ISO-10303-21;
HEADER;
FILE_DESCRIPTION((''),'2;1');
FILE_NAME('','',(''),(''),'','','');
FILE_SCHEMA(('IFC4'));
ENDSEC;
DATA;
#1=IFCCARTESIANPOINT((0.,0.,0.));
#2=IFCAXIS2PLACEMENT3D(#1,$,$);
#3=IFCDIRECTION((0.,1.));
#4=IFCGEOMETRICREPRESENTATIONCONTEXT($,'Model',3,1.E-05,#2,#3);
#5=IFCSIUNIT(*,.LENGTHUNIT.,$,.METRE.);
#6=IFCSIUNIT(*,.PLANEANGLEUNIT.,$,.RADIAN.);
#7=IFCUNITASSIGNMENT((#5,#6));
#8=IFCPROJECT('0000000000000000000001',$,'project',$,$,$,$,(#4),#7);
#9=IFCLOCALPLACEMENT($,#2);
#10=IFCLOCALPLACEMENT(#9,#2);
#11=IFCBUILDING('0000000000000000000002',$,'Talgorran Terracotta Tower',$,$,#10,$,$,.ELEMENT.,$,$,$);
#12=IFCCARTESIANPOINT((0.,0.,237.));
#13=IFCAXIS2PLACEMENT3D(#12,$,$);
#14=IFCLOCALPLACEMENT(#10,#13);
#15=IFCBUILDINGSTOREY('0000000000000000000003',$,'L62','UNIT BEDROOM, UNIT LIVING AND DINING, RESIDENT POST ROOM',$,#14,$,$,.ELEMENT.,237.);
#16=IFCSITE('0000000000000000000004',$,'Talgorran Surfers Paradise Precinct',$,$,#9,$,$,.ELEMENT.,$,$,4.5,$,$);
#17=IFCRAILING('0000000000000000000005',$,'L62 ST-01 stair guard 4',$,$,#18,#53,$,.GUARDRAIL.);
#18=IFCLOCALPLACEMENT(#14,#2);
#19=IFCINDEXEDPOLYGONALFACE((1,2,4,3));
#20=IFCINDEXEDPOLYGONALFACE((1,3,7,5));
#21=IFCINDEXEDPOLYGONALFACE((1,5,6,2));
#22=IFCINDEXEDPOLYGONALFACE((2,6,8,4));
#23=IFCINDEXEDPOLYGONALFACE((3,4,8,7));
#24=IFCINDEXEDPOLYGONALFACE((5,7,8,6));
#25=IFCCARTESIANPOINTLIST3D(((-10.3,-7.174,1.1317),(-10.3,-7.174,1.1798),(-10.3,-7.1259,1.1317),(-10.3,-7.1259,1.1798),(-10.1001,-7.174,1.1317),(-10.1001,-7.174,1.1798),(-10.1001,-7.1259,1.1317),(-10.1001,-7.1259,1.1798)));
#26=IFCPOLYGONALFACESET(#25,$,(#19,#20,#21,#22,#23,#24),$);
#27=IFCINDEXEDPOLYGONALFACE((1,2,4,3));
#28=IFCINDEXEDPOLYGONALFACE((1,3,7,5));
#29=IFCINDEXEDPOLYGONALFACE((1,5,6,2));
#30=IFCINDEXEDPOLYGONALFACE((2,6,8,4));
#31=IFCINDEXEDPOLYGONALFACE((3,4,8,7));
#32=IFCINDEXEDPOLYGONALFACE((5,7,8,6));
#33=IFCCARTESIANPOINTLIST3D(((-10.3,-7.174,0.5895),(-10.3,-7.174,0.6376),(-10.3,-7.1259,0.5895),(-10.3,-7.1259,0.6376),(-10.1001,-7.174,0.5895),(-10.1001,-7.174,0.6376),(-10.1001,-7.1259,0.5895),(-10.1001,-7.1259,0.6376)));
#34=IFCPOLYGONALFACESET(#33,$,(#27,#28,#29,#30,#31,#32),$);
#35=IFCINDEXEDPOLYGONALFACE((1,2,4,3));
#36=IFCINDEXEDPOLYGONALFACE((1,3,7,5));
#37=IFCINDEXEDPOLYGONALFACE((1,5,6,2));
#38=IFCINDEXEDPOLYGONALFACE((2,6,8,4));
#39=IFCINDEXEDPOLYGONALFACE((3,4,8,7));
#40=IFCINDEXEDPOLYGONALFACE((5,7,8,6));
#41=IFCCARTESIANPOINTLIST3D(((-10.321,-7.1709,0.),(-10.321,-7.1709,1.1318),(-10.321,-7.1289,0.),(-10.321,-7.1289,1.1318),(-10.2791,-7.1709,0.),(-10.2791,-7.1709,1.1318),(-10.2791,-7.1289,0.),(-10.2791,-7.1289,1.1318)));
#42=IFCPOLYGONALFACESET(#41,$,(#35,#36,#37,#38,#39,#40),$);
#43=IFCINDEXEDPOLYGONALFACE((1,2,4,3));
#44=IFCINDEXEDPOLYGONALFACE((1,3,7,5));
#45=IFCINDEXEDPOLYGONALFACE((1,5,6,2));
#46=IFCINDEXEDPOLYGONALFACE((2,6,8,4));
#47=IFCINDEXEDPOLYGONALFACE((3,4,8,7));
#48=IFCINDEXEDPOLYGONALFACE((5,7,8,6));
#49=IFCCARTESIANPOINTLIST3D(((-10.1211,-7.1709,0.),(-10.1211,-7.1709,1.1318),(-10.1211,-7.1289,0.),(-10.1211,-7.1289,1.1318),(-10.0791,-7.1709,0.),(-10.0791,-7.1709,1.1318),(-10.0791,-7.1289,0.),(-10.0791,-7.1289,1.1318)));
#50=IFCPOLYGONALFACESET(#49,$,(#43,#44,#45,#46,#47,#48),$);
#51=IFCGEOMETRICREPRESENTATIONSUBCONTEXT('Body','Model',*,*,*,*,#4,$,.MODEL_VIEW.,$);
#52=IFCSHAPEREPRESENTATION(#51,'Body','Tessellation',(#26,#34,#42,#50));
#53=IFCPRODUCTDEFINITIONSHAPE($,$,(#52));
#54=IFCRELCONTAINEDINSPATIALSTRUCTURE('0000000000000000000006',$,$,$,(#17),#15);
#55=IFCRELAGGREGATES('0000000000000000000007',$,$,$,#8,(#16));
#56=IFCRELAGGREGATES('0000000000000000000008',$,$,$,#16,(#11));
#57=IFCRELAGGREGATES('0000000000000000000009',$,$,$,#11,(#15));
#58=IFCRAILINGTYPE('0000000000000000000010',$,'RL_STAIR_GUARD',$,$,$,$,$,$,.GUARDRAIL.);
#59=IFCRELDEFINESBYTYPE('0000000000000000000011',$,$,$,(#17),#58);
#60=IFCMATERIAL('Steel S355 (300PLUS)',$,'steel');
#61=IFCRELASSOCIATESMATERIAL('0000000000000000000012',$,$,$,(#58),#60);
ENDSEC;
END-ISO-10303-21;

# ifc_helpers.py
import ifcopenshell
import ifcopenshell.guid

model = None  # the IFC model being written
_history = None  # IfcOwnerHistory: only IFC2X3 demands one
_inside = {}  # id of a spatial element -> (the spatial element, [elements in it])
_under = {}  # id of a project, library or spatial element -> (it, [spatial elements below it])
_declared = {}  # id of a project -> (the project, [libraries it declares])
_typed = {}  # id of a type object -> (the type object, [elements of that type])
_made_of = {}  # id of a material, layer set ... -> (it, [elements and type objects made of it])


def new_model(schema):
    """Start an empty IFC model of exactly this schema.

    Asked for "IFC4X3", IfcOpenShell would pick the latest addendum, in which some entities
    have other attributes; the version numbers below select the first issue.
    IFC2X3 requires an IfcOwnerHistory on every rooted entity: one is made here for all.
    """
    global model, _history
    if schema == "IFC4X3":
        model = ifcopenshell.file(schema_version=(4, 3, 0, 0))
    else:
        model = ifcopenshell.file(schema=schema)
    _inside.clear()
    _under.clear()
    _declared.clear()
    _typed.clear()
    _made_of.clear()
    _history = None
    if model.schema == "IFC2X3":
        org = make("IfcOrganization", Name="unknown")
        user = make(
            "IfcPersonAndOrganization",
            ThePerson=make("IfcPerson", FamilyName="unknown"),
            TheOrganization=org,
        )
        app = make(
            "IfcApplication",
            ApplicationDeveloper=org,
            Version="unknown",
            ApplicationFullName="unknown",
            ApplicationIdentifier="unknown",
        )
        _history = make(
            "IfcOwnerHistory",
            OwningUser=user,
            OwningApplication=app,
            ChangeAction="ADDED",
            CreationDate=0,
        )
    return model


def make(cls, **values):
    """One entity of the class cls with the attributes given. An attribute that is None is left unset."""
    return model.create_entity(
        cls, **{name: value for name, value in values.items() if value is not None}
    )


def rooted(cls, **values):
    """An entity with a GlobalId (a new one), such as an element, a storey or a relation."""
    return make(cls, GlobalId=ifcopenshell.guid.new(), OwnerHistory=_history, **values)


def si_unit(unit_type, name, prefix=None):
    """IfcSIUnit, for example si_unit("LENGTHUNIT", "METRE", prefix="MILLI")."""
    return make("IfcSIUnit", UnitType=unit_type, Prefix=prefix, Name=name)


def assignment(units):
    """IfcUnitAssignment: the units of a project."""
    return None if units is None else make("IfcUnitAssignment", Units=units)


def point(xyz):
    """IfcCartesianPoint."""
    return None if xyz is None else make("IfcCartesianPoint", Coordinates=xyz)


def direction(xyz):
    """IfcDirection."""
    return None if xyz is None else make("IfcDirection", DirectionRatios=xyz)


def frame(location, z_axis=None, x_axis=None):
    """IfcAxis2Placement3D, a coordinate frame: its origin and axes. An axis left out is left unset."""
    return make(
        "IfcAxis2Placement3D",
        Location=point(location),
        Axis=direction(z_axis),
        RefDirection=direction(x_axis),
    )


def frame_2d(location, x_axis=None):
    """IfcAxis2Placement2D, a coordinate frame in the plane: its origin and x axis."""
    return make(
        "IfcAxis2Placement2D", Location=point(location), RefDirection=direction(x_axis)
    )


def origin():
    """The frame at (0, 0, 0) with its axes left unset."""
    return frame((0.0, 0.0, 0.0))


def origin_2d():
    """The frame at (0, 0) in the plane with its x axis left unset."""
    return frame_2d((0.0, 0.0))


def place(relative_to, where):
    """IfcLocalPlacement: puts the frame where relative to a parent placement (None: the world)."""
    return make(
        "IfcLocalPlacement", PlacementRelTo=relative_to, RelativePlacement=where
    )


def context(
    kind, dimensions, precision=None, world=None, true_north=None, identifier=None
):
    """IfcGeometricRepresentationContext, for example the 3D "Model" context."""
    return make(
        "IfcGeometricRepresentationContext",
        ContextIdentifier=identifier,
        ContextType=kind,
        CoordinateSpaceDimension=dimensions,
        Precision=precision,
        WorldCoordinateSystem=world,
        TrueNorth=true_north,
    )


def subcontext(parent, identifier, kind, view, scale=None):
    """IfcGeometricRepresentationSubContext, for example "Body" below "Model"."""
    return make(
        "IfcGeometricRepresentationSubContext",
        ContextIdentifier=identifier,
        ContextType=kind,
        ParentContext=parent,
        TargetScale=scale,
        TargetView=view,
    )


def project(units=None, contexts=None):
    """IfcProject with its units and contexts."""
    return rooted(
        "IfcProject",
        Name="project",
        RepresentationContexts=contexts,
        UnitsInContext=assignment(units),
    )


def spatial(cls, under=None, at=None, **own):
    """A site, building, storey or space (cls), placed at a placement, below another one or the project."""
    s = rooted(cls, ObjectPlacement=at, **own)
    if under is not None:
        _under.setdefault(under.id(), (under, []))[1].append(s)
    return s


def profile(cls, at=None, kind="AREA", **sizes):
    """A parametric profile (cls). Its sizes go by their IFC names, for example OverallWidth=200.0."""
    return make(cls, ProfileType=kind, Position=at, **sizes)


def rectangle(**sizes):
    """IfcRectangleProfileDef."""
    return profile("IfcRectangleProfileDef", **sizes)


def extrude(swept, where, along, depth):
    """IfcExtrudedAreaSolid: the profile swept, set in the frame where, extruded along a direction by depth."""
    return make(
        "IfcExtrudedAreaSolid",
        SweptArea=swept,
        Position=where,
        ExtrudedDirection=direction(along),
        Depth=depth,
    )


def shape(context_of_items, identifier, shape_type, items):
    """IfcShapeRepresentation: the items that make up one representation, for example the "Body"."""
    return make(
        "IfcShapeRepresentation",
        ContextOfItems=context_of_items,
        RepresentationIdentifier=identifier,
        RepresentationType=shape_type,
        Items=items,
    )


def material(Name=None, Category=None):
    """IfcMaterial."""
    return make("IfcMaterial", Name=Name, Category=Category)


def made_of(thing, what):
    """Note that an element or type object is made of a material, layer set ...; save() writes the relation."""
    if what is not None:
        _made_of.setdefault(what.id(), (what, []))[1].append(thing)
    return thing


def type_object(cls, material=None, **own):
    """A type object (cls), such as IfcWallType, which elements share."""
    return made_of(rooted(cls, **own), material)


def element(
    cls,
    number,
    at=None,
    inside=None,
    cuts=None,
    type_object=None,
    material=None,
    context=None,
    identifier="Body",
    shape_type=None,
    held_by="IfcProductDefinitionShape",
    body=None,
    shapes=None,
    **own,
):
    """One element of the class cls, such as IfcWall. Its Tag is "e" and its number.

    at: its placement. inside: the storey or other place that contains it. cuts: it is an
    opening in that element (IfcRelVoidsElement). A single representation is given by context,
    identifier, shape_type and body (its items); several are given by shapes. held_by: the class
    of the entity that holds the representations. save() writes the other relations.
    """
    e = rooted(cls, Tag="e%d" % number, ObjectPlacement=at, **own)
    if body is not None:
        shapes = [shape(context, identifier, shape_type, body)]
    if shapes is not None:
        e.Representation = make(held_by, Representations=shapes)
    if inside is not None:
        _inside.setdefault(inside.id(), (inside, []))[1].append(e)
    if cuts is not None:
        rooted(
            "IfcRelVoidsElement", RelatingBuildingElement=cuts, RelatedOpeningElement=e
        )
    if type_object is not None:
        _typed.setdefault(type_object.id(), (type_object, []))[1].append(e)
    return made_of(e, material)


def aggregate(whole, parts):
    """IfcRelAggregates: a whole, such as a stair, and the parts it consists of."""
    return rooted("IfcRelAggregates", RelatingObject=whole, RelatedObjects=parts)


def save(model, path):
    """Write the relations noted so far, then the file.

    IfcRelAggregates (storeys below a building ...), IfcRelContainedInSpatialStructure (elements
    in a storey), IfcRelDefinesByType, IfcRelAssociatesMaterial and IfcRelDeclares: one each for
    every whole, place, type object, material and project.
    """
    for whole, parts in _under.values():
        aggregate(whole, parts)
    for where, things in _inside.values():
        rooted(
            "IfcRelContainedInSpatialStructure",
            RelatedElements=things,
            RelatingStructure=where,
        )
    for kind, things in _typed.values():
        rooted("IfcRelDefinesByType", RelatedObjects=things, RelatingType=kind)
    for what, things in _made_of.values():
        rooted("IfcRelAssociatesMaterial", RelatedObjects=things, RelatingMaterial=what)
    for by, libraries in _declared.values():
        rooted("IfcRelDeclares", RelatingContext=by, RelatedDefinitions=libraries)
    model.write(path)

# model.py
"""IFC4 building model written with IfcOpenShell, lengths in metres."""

from ifc_helpers import new_model, si_unit, direction, frame, origin, origin_2d, place, context, subcontext, project, spatial, rectangle, extrude, material, type_object, element, save


model = new_model("IFC4")

# Units and contexts
model_context = context("Model", 3, precision=1e-05, world=origin(), true_north=direction((0.0, 1.0)))
body_context = subcontext(model_context, "Body", "Model", "MODEL_VIEW")
ifc_project = project(units=[si_unit("LENGTHUNIT", "METRE"), si_unit("PLANEANGLEUNIT", "RADIAN")], contexts=[model_context])

# Site, building, storey
site_placement = place(None, origin())
site = spatial("IfcSite", under=ifc_project, at=site_placement, Name="Talgorran Surfers Paradise Precinct", CompositionType="ELEMENT", RefElevation=4.5)
building_placement = place(site_placement, origin())
building = spatial("IfcBuilding", under=site, at=building_placement, Name="Talgorran Terracotta Tower", CompositionType="ELEMENT")
storey_placement = place(building_placement, frame((0.0, 0.0, 237.0)))
storey = spatial("IfcBuildingStorey", under=building, at=storey_placement, Name="L62", Description="UNIT BEDROOM, UNIT LIVING AND DINING, RESIDENT POST ROOM", CompositionType="ELEMENT", Elevation=237.0)

# Shared definitions
ifc_material_1 = material(Name="Steel S355 (300PLUS)", Category="steel")

# Railing
railing_type = type_object("IfcRailingType", Name="RL_STAIR_GUARD", PredefinedType="GUARDRAIL", material=ifc_material_1)
railing_placement = place(storey_placement, frame((-10.3, -7.1499, 0.0)))
element("IfcRailing", 1, at=railing_placement, inside=storey, type_object=railing_type, Name="L62 ST-01 stair guard 4", PredefinedType="GUARDRAIL", context=body_context, shape_type="SweptSolid", body=[
    extrude(rectangle(XDim=0.0481, YDim=0.0481, at=origin_2d()), frame((0.0, 0.0, 1.1558), z_axis=(1.0, 0.0, 0.0), x_axis=(0.0, 1.0, 0.0)), (0.0, 0.0, 1.0), 0.2),
    extrude(rectangle(XDim=0.0481, YDim=0.0481, at=origin_2d()), frame((0.0, 0.0, 0.6135), z_axis=(1.0, 0.0, 0.0), x_axis=(0.0, 1.0, 0.0)), (0.0, 0.0, 1.0), 0.2),
    extrude(rectangle(XDim=0.042, YDim=0.042, at=origin_2d()), origin(), (0.0, 0.0, 1.0), 1.1318),
    extrude(rectangle(XDim=0.042, YDim=0.042, at=origin_2d()), frame((0.2, 0.0, 0.0)), (0.0, 0.0, 1.0), 1.1318),
])

save(model, "model.ifc")
